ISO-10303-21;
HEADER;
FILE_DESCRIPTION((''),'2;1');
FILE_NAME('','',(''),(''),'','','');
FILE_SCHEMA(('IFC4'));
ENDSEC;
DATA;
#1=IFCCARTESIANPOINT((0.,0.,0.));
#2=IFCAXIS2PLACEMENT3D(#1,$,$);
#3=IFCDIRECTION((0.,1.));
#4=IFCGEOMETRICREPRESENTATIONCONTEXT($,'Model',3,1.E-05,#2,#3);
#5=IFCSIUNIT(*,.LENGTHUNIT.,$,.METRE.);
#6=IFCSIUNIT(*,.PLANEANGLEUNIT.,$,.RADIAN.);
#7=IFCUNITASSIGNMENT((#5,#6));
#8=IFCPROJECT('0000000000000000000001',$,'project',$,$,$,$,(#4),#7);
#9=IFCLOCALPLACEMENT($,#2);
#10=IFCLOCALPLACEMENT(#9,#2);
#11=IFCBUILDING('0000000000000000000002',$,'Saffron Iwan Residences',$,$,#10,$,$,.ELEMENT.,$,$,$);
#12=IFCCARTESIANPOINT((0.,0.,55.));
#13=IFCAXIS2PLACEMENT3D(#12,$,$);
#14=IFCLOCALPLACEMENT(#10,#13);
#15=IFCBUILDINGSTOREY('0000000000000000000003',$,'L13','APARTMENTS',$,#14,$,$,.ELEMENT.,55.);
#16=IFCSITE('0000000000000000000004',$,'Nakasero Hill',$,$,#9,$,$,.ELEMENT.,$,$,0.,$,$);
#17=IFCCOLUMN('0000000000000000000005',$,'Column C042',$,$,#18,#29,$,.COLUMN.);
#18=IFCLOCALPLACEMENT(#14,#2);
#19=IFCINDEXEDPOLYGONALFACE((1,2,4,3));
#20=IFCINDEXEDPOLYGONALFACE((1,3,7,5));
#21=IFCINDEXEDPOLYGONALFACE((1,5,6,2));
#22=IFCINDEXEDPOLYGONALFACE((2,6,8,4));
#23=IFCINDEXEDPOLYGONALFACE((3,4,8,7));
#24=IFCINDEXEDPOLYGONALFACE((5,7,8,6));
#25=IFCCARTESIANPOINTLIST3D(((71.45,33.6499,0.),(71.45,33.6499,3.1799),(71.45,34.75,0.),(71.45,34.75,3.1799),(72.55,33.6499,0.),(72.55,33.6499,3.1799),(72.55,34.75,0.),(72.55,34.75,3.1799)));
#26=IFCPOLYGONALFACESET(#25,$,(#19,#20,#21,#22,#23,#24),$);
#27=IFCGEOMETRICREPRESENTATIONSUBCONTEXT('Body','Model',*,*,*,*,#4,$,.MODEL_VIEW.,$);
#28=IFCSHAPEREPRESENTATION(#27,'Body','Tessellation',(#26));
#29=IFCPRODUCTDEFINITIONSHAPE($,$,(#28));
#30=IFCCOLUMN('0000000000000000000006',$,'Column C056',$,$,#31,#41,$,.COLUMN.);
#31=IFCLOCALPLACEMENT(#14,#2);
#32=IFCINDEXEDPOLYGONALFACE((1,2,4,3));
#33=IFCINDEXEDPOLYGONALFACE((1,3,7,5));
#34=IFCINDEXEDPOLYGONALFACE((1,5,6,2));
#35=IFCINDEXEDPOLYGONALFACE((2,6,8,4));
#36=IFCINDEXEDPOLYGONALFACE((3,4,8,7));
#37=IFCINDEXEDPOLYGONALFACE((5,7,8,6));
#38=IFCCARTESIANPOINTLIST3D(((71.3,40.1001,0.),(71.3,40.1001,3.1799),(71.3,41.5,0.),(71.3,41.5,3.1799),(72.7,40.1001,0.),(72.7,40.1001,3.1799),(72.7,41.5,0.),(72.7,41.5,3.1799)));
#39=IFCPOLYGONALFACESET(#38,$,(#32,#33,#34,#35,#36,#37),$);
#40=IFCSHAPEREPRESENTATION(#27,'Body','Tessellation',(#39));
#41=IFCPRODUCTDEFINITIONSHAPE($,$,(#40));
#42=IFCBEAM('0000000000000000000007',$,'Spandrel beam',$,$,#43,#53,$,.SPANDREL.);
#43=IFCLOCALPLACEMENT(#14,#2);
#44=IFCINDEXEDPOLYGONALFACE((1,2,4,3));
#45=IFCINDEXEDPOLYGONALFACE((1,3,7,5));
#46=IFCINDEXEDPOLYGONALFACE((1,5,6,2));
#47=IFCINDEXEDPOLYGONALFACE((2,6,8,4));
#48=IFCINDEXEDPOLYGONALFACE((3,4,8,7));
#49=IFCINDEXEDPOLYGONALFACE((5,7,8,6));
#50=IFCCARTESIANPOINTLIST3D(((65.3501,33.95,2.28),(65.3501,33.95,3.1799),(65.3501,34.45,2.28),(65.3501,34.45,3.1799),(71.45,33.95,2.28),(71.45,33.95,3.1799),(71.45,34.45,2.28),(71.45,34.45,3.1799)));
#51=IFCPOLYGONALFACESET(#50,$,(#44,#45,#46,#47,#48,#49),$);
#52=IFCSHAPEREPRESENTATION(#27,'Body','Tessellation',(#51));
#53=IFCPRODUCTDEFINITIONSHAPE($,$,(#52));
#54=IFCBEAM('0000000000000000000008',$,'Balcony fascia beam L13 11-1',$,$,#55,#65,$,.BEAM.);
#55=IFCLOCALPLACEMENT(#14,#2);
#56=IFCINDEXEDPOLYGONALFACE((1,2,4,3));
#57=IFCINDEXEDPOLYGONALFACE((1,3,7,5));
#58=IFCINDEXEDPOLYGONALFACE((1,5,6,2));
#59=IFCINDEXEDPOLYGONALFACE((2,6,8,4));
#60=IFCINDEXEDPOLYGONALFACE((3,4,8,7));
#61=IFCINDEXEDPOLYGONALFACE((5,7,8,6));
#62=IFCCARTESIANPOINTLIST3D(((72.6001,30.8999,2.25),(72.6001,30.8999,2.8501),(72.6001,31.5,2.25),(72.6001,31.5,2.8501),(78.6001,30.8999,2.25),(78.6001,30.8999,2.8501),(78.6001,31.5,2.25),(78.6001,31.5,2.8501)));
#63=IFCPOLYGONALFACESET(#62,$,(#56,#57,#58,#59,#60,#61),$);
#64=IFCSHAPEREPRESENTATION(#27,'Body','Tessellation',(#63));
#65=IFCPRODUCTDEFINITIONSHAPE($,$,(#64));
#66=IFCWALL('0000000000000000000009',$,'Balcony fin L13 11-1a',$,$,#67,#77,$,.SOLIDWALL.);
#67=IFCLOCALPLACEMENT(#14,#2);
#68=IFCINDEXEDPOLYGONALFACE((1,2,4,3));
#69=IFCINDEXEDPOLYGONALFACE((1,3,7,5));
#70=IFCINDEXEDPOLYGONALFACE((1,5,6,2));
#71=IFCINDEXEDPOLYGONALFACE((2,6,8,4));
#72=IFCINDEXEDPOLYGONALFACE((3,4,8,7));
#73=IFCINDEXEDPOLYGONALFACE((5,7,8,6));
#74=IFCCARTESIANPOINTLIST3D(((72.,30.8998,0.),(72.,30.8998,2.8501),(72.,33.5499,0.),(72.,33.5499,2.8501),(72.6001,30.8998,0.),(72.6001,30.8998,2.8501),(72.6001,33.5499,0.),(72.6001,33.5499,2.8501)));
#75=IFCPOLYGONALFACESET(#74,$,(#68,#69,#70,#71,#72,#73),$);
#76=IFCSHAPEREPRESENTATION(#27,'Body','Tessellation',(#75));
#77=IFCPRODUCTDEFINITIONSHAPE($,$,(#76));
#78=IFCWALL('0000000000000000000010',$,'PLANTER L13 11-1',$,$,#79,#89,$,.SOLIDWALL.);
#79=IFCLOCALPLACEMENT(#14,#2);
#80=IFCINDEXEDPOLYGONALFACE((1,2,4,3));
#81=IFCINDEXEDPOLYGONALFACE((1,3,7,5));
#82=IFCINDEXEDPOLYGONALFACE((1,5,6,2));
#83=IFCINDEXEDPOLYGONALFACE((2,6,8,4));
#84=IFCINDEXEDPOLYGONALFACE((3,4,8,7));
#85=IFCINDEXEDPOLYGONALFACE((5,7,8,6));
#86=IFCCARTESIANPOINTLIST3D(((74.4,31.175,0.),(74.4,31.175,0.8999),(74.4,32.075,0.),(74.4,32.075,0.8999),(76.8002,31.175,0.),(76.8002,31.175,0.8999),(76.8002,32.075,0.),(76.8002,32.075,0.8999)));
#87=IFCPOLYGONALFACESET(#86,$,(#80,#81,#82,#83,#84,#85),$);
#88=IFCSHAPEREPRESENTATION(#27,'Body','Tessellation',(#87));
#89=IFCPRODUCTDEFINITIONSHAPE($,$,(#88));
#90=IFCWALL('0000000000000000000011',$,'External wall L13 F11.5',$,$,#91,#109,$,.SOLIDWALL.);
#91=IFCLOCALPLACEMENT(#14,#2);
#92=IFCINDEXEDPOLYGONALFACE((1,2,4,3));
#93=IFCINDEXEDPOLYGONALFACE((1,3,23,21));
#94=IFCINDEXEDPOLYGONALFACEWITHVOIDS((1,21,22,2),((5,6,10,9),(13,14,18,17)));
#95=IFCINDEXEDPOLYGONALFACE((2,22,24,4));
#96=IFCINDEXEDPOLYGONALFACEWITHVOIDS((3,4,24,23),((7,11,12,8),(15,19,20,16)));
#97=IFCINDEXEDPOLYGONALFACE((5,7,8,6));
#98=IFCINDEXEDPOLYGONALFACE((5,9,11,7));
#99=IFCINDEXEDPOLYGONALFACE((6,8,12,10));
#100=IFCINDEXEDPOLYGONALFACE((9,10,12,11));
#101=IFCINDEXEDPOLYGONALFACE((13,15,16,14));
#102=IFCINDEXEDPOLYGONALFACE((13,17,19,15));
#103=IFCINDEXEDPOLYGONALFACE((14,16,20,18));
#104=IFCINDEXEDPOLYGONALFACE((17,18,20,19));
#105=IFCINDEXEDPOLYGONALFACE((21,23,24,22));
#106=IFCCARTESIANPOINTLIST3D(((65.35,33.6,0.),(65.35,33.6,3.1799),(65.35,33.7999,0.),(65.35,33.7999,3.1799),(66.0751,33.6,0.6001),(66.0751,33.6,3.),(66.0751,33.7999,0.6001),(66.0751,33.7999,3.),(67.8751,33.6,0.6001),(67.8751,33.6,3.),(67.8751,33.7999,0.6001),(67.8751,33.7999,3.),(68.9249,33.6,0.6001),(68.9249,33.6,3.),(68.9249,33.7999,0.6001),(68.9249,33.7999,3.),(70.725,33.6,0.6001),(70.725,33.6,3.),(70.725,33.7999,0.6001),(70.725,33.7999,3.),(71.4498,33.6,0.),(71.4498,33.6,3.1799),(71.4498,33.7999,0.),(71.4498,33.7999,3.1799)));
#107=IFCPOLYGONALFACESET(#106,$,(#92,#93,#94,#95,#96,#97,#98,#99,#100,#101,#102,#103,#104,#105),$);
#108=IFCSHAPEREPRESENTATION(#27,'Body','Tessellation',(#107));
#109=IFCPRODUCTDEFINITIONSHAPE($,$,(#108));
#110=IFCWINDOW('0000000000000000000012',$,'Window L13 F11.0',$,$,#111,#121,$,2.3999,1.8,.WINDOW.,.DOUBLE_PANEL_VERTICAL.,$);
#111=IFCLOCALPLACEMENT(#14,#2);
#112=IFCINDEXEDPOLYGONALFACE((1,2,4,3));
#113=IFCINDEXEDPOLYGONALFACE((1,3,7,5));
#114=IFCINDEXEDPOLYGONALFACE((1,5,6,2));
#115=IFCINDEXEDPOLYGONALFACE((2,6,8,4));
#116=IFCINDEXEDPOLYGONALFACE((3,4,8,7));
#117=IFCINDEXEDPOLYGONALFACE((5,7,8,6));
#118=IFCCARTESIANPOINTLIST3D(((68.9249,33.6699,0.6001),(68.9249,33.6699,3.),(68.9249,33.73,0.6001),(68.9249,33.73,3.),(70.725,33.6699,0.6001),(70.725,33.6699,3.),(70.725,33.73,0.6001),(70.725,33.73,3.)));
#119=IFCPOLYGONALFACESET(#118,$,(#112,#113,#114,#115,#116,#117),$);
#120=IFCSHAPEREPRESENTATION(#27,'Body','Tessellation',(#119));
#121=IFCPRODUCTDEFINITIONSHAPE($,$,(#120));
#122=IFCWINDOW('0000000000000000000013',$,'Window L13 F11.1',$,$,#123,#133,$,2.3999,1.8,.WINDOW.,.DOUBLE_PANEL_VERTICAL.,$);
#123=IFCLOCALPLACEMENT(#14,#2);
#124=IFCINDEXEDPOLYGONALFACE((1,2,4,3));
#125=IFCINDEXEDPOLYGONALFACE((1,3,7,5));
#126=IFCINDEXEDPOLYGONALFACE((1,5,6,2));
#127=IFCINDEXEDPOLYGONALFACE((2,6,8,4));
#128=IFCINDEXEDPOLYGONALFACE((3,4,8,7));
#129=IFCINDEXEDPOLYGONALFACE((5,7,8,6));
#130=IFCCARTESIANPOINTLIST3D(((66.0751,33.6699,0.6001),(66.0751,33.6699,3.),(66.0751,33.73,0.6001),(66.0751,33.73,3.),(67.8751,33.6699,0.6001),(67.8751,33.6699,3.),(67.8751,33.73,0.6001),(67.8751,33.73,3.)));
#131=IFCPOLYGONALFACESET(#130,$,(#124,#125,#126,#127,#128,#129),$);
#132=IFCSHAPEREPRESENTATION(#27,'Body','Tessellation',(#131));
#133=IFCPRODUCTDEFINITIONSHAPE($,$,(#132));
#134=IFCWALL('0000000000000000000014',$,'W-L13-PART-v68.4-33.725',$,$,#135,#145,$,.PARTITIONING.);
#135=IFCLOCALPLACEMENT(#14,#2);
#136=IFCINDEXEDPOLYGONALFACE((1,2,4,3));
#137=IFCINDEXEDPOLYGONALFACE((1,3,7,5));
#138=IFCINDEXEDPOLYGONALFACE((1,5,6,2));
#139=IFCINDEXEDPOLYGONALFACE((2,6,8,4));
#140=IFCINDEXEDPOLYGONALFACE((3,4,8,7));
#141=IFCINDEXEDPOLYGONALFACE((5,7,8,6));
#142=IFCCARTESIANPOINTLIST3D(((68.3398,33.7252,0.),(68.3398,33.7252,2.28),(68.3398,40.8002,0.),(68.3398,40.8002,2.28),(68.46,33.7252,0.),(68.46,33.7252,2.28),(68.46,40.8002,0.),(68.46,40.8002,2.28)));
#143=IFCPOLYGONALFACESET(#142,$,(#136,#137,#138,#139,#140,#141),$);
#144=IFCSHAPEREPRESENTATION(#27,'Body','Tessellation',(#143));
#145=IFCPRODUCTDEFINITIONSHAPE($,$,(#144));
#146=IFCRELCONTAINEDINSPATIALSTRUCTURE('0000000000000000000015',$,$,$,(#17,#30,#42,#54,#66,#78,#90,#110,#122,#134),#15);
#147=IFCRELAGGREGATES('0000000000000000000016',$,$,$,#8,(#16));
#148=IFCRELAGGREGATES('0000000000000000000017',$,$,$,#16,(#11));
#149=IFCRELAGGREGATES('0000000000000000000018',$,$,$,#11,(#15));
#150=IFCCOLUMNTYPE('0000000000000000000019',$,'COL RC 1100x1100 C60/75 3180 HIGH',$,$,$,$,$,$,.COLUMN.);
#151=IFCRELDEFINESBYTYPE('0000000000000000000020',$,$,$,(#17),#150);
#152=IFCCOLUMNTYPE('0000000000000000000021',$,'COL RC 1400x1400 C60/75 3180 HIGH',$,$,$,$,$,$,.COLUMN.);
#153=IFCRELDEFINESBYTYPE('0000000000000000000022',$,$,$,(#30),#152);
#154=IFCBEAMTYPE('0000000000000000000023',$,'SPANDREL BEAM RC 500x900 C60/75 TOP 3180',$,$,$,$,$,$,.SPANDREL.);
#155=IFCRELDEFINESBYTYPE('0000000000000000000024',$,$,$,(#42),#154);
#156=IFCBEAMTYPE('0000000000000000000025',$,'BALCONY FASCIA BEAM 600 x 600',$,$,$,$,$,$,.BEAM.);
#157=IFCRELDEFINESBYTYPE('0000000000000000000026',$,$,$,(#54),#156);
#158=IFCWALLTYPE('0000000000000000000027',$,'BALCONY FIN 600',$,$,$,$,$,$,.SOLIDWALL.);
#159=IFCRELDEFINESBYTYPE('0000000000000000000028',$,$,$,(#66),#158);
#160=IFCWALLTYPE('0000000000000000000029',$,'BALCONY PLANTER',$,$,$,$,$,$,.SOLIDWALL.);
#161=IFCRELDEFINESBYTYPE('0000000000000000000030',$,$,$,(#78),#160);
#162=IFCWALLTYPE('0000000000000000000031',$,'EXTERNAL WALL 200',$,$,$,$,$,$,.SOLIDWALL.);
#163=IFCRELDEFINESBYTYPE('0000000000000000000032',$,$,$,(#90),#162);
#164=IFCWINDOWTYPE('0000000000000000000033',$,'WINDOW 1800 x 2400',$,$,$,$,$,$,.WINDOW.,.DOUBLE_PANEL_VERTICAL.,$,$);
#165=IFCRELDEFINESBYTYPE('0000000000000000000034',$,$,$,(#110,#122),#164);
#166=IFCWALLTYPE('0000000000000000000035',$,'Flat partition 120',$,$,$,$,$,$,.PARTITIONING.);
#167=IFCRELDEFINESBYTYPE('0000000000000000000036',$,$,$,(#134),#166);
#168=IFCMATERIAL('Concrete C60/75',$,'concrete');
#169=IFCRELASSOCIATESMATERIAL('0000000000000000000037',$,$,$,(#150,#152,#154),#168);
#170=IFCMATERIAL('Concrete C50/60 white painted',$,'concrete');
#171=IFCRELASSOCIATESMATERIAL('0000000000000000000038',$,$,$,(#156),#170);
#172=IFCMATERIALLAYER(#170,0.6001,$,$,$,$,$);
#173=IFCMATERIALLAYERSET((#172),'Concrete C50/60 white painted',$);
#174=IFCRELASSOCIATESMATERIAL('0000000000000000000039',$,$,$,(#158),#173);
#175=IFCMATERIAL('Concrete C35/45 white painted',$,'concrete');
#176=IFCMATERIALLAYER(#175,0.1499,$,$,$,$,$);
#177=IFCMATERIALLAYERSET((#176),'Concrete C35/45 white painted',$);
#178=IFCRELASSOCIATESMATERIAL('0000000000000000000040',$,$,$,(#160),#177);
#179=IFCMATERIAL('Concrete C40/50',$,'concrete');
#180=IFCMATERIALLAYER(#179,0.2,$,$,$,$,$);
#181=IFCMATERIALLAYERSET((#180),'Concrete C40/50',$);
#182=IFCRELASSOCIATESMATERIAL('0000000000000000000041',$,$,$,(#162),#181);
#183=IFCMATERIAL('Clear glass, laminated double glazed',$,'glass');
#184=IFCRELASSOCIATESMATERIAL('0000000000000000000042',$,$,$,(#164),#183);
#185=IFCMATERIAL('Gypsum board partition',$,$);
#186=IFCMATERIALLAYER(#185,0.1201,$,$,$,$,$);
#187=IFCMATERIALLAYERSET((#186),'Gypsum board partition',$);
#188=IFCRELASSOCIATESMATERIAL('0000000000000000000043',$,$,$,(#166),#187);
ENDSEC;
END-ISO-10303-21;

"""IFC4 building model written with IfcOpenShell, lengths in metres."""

from ifc_helpers import new_model, si_unit, direction, frame, frame_2d, origin, origin_2d, place, context, subcontext, project, spatial, rectangle, extrude, source, transform, mapped, material, layer, layer_set, material_profile, profile_set, type_object, element, fill, save


model = new_model("IFC4")

# Units and contexts
model_context = context("Model", 3, precision=1e-05, world=origin(), true_north=direction((0.0, 1.0)))
body_context = subcontext(model_context, "Body", "Model", "MODEL_VIEW")
ifc_project = project(units=[si_unit("LENGTHUNIT", "METRE"), si_unit("PLANEANGLEUNIT", "RADIAN")], contexts=[model_context])

# Site, building, storey
site_placement = place(None, origin())
site = spatial("IfcSite", under=ifc_project, at=site_placement, Name="Nakasero Hill", CompositionType="ELEMENT", RefElevation=0.0)
building_placement = place(site_placement, origin())
building = spatial("IfcBuilding", under=site, at=building_placement, Name="Saffron Iwan Residences", CompositionType="ELEMENT")
storey_placement = place(building_placement, frame((0.0, 0.0, 55.0)))
storey = spatial("IfcBuildingStorey", under=building, at=storey_placement, Name="L13", Description="APARTMENTS", CompositionType="ELEMENT", Elevation=55.0)

# Columns
ifc_material_1 = material(Name="Concrete C60/75", Category="concrete")
ifc_material_profile_1 = material_profile(ifc_material_1, rectangle(XDim=1.1001, YDim=1.1001, at=origin_2d()), Name="RC 1100x1100")
ifc_profile_set_1 = profile_set([ifc_material_profile_1], Name="Concrete C60/75")
column_type_1 = type_object("IfcColumnType", Name="COL RC 1100x1100 C60/75 3180 HIGH", PredefinedType="COLUMN", material=ifc_profile_set_1)
shared_shape_1 = source(origin(), body_context, "Body", "SweptSolid", [
    extrude(rectangle(XDim=1.1001, YDim=1.1001, at=origin_2d()), origin(), (0.0, 0.0, 1.0), 3.1799),
])
column_1_placement = place(storey_placement, frame((72.0, 34.2, 0.0), z_axis=(0.0, 0.0, 1.0), x_axis=(1.0, 0.0, 0.0)))
element("IfcColumn", 1, at=column_1_placement, inside=storey, type_object=column_type_1, Name="Column C042", PredefinedType="COLUMN", context=body_context, shape_type="MappedRepresentation", body=[
    mapped(shared_shape_1, transform((0.0, 0.0, 0.0))),
])
ifc_material_profile_2 = material_profile(ifc_material_1, rectangle(XDim=1.3999, YDim=1.3999, at=origin_2d()), Name="RC 1400x1400")
ifc_profile_set_2 = profile_set([ifc_material_profile_2], Name="Concrete C60/75")
column_type_2 = type_object("IfcColumnType", Name="COL RC 1400x1400 C60/75 3180 HIGH", PredefinedType="COLUMN", material=ifc_profile_set_2)
shared_shape_2 = source(origin(), body_context, "Body", "SweptSolid", [
    extrude(rectangle(XDim=1.3999, YDim=1.3999, at=origin_2d()), origin(), (0.0, 0.0, 1.0), 3.1799),
])
column_2_placement = place(storey_placement, frame((72.0, 40.8, 0.0), z_axis=(0.0, 0.0, 1.0), x_axis=(1.0, 0.0, 0.0)))
element("IfcColumn", 2, at=column_2_placement, inside=storey, type_object=column_type_2, Name="Column C056", PredefinedType="COLUMN", context=body_context, shape_type="MappedRepresentation", body=[
    mapped(shared_shape_2, transform((0.0, 0.0, 0.0))),
])

# Beams
ifc_material_profile_3 = material_profile(ifc_material_1, rectangle(XDim=0.5, YDim=0.8999, at=origin_2d()), Name="RC 500x900")
ifc_profile_set_3 = profile_set([ifc_material_profile_3], Name="Concrete C60/75")
beam_type_1 = type_object("IfcBeamType", Name="SPANDREL BEAM RC 500x900 C60/75 TOP 3180", PredefinedType="SPANDREL", material=ifc_profile_set_3)
shared_shape_3 = source(origin(), body_context, "Body", "SweptSolid", [
    extrude(rectangle(XDim=0.5, YDim=0.8999, at=origin_2d()), origin(), (0.0, 0.0, 1.0), 6.0999),
])
beam_1_placement = place(storey_placement, frame((71.45, 34.2, 2.73), z_axis=(-1.0, 0.0, 0.0), x_axis=(0.0, -1.0, 0.0)))
element("IfcBeam", 3, at=beam_1_placement, inside=storey, type_object=beam_type_1, Name="Spandrel beam", PredefinedType="SPANDREL", context=body_context, shape_type="MappedRepresentation", body=[
    mapped(shared_shape_3, transform((0.0, 0.0, 0.0))),
])
ifc_material_2 = material(Name="Concrete C50/60 white painted", Category="concrete")
ifc_material_profile_4 = material_profile(ifc_material_2, rectangle(XDim=0.6001, YDim=0.6001, at=origin_2d()), Name="BALCONY FASCIA BEAM 600 x 600")
ifc_profile_set_4 = profile_set([ifc_material_profile_4], Name="Concrete C50/60 white painted")
beam_type_2 = type_object("IfcBeamType", Name="BALCONY FASCIA BEAM 600 x 600", PredefinedType="BEAM", material=ifc_profile_set_4)
shared_shape_4 = source(origin(), body_context, "Body", "SweptSolid", [
    extrude(rectangle(XDim=0.6001, YDim=0.6001, at=origin_2d()), origin(), (0.0, 0.0, 1.0), 6.0),
])
beam_2_placement = place(storey_placement, frame((72.6001, 31.2, 2.55), z_axis=(1.0, 0.0, 0.0), x_axis=(0.0, 1.0, 0.0)))
element("IfcBeam", 4, at=beam_2_placement, inside=storey, type_object=beam_type_2, Name="Balcony fascia beam L13 11-1", PredefinedType="BEAM", context=body_context, shape_type="MappedRepresentation", body=[
    mapped(shared_shape_4, transform((0.0, 0.0, 0.0))),
])

# Walls
ifc_layer_1 = layer(ifc_material_2, 0.6001)
ifc_layer_set_1 = layer_set([ifc_layer_1], Name="Concrete C50/60 white painted")
wall_type_1 = type_object("IfcWallType", Name="BALCONY FIN 600", PredefinedType="SOLIDWALL", material=ifc_layer_set_1)
wall_1_placement = place(storey_placement, frame((72.3, 33.55, 0.0), z_axis=(0.0, 0.0, 1.0), x_axis=(0.0, -1.0, 0.0)))
element("IfcWall", 5, at=wall_1_placement, inside=storey, type_object=wall_type_1, Name="Balcony fin L13 11-1a", PredefinedType="SOLIDWALL", context=body_context, shape_type="SweptSolid", body=[
    extrude(rectangle(XDim=2.6501, YDim=0.6001, at=frame_2d((1.3252, 0.0))), origin(), (0.0, 0.0, 1.0), 2.8501),
])
ifc_material_3 = material(Name="Concrete C35/45 white painted", Category="concrete")
ifc_layer_2 = layer(ifc_material_3, 0.1499)
ifc_layer_set_2 = layer_set([ifc_layer_2], Name="Concrete C35/45 white painted")
wall_type_2 = type_object("IfcWallType", Name="BALCONY PLANTER", PredefinedType="SOLIDWALL", material=ifc_layer_set_2)
wall_2_placement = place(storey_placement, frame((74.3999, 31.625, 0.0), z_axis=(0.0, 0.0, 1.0), x_axis=(1.0, 0.0, 0.0)))
element("IfcWall", 6, at=wall_2_placement, inside=storey, type_object=wall_type_2, Name="PLANTER L13 11-1", PredefinedType="SOLIDWALL", context=body_context, shape_type="SweptSolid", body=[
    extrude(rectangle(XDim=2.4001, YDim=0.8999, at=frame_2d((1.2002, 0.0))), origin(), (0.0, 0.0, 1.0), 0.8999),
])

# Wall, openings, windows
ifc_material_4 = material(Name="Concrete C40/50", Category="concrete")
ifc_layer_3 = layer(ifc_material_4, 0.2)
ifc_layer_set_3 = layer_set([ifc_layer_3], Name="Concrete C40/50")
wall_type_3 = type_object("IfcWallType", Name="EXTERNAL WALL 200", PredefinedType="SOLIDWALL", material=ifc_layer_set_3)
wall_3_placement = place(storey_placement, frame((65.3501, 33.7, 0.0), z_axis=(0.0, 0.0, 1.0), x_axis=(1.0, 0.0, 0.0)))
wall_3 = element("IfcWall", 7, at=wall_3_placement, inside=storey, type_object=wall_type_3, Name="External wall L13 F11.5", PredefinedType="SOLIDWALL", context=body_context, shape_type="SweptSolid", body=[
    extrude(rectangle(XDim=6.0999, YDim=0.2, at=frame_2d((3.0498, 0.0))), origin(), (0.0, 0.0, 1.0), 3.1799),
])
opening_1_placement = place(wall_3_placement, frame((3.575, 0.0, 0.6001)))
opening_1 = element("IfcOpeningElement", 8, at=opening_1_placement, cuts=wall_3, PredefinedType="OPENING", context=body_context, shape_type="SweptSolid", body=[
    extrude(rectangle(XDim=1.8, YDim=2.3999, at=frame_2d((0.8999, 1.2))), frame((0.0, 0.1099, 0.0), z_axis=(0.0, -1.0, 0.0), x_axis=(1.0, 0.0, 0.0)), (0.0, 0.0, 1.0), 0.22),
])
opening_2_placement = place(wall_3_placement, frame((0.7251, 0.0, 0.6001)))
opening_2 = element("IfcOpeningElement", 9, at=opening_2_placement, cuts=wall_3, PredefinedType="OPENING", context=body_context, shape_type="SweptSolid", body=[
    extrude(rectangle(XDim=1.8, YDim=2.3999, at=frame_2d((0.8999, 1.2))), frame((0.0, 0.1099, 0.0), z_axis=(0.0, -1.0, 0.0), x_axis=(1.0, 0.0, 0.0)), (0.0, 0.0, 1.0), 0.22),
])
ifc_material_5 = material(Name="Clear glass, laminated double glazed", Category="glass")
window_type_1 = type_object("IfcWindowType", Name="WINDOW 1800 x 2400", PartitioningType="DOUBLE_PANEL_VERTICAL", PredefinedType="WINDOW", material=ifc_material_5)
window_1_placement = place(opening_1_placement, origin())
window_1 = element("IfcWindow", 10, at=window_1_placement, inside=storey, type_object=window_type_1, Name="Window L13 F11.0", OverallHeight=2.3999, OverallWidth=1.8, PartitioningType="DOUBLE_PANEL_VERTICAL", PredefinedType="WINDOW", context=body_context, shape_type="SweptSolid", body=[
    extrude(rectangle(XDim=1.8, YDim=2.3999, at=frame_2d((0.8999, 1.2))), frame((0.0, 0.03, 0.0), z_axis=(0.0, -1.0, 0.0), x_axis=(1.0, 0.0, 0.0)), (0.0, 0.0, 1.0), 0.0601),
])
fill(opening_1, window_1)
window_2_placement = place(opening_2_placement, origin())
window_2 = element("IfcWindow", 11, at=window_2_placement, inside=storey, type_object=window_type_1, Name="Window L13 F11.1", OverallHeight=2.3999, OverallWidth=1.8, PartitioningType="DOUBLE_PANEL_VERTICAL", PredefinedType="WINDOW", context=body_context, shape_type="SweptSolid", body=[
    extrude(rectangle(XDim=1.8, YDim=2.3999, at=frame_2d((0.8999, 1.2))), frame((0.0, 0.03, 0.0), z_axis=(0.0, -1.0, 0.0), x_axis=(1.0, 0.0, 0.0)), (0.0, 0.0, 1.0), 0.0601),
])
fill(opening_2, window_2)

# Wall
ifc_material_6 = material(Name="Gypsum board partition")
ifc_layer_4 = layer(ifc_material_6, 0.1201)
ifc_layer_set_4 = layer_set([ifc_layer_4], Name="Gypsum board partition")
wall_type_4 = type_object("IfcWallType", Name="Flat partition 120", PredefinedType="PARTITIONING", material=ifc_layer_set_4)
wall_4_placement = place(storey_placement, frame((68.3999, 33.7251, 0.0), z_axis=(0.0, 0.0, 1.0), x_axis=(0.0, 1.0, 0.0)))
element("IfcWall", 12, at=wall_4_placement, inside=storey, type_object=wall_type_4, Name="W-L13-PART-v68.4-33.725", PredefinedType="PARTITIONING", context=body_context, shape_type="SweptSolid", body=[
    extrude(rectangle(XDim=7.075, YDim=0.1201, at=frame_2d((3.5376, 0.0))), origin(), (0.0, 0.0, 1.0), 2.28),
])

save(model, "model.ifc")
